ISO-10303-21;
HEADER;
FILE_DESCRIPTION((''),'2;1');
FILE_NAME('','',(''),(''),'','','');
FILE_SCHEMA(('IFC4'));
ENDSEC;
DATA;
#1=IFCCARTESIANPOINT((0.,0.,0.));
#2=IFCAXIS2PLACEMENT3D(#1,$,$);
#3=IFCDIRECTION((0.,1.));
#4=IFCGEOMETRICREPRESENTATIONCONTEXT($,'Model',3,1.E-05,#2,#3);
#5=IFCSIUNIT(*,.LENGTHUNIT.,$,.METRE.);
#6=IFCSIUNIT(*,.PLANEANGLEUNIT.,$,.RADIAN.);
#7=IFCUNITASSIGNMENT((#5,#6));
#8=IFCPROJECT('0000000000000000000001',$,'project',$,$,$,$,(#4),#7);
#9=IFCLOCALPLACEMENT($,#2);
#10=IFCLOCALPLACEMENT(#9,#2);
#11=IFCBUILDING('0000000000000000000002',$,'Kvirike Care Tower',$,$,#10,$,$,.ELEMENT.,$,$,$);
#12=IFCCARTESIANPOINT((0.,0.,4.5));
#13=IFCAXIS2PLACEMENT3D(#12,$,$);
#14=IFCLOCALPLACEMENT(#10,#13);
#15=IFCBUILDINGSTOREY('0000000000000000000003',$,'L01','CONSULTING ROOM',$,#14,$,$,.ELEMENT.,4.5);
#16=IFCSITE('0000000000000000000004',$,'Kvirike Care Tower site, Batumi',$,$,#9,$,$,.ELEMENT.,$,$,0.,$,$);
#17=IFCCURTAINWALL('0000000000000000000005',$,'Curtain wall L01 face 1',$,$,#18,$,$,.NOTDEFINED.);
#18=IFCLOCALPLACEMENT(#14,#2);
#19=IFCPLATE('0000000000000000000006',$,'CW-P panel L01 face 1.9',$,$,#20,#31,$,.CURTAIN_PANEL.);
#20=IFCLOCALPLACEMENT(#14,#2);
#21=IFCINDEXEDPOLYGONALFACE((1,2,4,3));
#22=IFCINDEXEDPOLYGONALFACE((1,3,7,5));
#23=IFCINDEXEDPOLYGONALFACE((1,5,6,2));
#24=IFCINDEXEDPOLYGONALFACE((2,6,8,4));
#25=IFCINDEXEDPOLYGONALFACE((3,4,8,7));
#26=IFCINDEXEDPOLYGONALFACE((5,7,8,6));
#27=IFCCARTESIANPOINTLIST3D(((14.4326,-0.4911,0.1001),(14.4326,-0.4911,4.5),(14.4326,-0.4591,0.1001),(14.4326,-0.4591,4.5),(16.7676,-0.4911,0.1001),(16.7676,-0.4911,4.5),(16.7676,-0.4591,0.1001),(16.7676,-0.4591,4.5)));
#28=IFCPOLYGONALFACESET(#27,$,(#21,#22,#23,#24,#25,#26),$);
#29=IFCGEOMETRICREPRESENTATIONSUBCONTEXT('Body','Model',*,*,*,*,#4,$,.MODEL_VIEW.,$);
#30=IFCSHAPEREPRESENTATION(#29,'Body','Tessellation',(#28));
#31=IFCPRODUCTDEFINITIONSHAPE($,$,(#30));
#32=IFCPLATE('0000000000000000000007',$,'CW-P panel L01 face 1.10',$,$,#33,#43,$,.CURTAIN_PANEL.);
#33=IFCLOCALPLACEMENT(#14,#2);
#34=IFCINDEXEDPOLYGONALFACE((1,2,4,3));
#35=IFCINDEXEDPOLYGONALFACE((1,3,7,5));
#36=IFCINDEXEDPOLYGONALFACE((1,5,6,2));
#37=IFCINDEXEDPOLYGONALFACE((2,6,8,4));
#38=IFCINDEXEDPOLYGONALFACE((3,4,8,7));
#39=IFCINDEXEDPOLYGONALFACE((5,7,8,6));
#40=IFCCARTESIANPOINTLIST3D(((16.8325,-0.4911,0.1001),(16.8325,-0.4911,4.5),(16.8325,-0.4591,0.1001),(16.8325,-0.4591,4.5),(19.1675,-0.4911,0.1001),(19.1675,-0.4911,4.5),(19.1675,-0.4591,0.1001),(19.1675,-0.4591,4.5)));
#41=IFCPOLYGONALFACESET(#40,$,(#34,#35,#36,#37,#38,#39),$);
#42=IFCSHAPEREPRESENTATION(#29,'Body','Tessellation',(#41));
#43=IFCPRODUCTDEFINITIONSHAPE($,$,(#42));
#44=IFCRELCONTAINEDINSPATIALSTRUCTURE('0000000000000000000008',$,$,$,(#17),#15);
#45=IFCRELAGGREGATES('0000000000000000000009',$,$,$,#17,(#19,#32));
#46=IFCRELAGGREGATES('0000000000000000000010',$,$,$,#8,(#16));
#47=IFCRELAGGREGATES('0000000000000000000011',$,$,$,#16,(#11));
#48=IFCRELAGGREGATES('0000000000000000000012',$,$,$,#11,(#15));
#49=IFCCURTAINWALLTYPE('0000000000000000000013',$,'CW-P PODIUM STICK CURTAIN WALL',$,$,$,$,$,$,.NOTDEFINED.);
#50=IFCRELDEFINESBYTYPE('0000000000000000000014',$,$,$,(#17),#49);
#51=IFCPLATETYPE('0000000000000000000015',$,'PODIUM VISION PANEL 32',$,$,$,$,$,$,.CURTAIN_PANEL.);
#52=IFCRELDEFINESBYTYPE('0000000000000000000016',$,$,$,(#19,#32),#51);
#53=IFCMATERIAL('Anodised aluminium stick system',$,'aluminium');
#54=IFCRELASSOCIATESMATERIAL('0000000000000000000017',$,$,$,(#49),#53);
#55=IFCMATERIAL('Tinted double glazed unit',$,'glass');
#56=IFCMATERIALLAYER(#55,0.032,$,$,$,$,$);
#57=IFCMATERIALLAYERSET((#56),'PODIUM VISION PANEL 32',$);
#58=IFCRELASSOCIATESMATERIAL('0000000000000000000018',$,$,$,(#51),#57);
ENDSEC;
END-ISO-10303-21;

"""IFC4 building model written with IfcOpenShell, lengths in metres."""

from ifc_helpers import new_model, si_unit, direction, frame, origin, origin_2d, place, context, subcontext, project, spatial, rectangle, extrude, material, layer, layer_set, type_object, element, aggregate, save


model = new_model("IFC4")

# Units and contexts
model_context = context("Model", 3, precision=1e-05, world=origin(), true_north=direction((0.0, 1.0)))
body_context = subcontext(model_context, "Body", "Model", "MODEL_VIEW")
ifc_project = project(units=[si_unit("LENGTHUNIT", "METRE"), si_unit("PLANEANGLEUNIT", "RADIAN")], contexts=[model_context])

# Site, building, storey
site_placement = place(None, origin())
site = spatial("IfcSite", under=ifc_project, at=site_placement, Name="Kvirike Care Tower site, Batumi", CompositionType="ELEMENT", RefElevation=0.0)
building_placement = place(site_placement, origin())
building = spatial("IfcBuilding", under=site, at=building_placement, Name="Kvirike Care Tower", CompositionType="ELEMENT")
storey_placement = place(building_placement, frame((0.0, 0.0, 4.5)))
storey = spatial("IfcBuildingStorey", under=building, at=storey_placement, Name="L01", Description="CONSULTING ROOM", CompositionType="ELEMENT", Elevation=4.5)

# Curtain wall
ifc_material_1 = material(Name="Anodised aluminium stick system", Category="aluminium")
curtain_wall_type = type_object("IfcCurtainWallType", Name="CW-P PODIUM STICK CURTAIN WALL", PredefinedType="NOTDEFINED", material=ifc_material_1)
curtain_wall_placement = place(storey_placement, origin())
curtain_wall = element("IfcCurtainWall", 1, at=curtain_wall_placement, inside=storey, type_object=curtain_wall_type, Name="Curtain wall L01 face 1", PredefinedType="NOTDEFINED")

# Plates
ifc_material_2 = material(Name="Tinted double glazed unit", Category="glass")
ifc_layer = layer(ifc_material_2, 0.032)
ifc_layer_set = layer_set([ifc_layer], Name="PODIUM VISION PANEL 32")
plate_type = type_object("IfcPlateType", Name="PODIUM VISION PANEL 32", PredefinedType="CURTAIN_PANEL", material=ifc_layer_set)
plate_1_placement = place(storey_placement, frame((15.6001, -0.4751, 0.1001), z_axis=(0.0, 0.0, 1.0), x_axis=(1.0, 0.0, 0.0)))
plate_1 = element("IfcPlate", 2, at=plate_1_placement, type_object=plate_type, Name="CW-P panel L01 face 1.9", PredefinedType="CURTAIN_PANEL", context=body_context, shape_type="SweptSolid", body=[
    extrude(rectangle(XDim=2.335, YDim=0.032, at=origin_2d()), origin(), (0.0, 0.0, 1.0), 4.3999),
])
plate_2_placement = place(storey_placement, frame((18.0, -0.4751, 0.1001), z_axis=(0.0, 0.0, 1.0), x_axis=(1.0, 0.0, 0.0)))
plate_2 = element("IfcPlate", 3, at=plate_2_placement, type_object=plate_type, Name="CW-P panel L01 face 1.10", PredefinedType="CURTAIN_PANEL", context=body_context, shape_type="SweptSolid", body=[
    extrude(rectangle(XDim=2.335, YDim=0.032, at=origin_2d()), origin(), (0.0, 0.0, 1.0), 4.3999),
])
aggregate(curtain_wall, [plate_1, plate_2])

save(model, "model.ifc")
